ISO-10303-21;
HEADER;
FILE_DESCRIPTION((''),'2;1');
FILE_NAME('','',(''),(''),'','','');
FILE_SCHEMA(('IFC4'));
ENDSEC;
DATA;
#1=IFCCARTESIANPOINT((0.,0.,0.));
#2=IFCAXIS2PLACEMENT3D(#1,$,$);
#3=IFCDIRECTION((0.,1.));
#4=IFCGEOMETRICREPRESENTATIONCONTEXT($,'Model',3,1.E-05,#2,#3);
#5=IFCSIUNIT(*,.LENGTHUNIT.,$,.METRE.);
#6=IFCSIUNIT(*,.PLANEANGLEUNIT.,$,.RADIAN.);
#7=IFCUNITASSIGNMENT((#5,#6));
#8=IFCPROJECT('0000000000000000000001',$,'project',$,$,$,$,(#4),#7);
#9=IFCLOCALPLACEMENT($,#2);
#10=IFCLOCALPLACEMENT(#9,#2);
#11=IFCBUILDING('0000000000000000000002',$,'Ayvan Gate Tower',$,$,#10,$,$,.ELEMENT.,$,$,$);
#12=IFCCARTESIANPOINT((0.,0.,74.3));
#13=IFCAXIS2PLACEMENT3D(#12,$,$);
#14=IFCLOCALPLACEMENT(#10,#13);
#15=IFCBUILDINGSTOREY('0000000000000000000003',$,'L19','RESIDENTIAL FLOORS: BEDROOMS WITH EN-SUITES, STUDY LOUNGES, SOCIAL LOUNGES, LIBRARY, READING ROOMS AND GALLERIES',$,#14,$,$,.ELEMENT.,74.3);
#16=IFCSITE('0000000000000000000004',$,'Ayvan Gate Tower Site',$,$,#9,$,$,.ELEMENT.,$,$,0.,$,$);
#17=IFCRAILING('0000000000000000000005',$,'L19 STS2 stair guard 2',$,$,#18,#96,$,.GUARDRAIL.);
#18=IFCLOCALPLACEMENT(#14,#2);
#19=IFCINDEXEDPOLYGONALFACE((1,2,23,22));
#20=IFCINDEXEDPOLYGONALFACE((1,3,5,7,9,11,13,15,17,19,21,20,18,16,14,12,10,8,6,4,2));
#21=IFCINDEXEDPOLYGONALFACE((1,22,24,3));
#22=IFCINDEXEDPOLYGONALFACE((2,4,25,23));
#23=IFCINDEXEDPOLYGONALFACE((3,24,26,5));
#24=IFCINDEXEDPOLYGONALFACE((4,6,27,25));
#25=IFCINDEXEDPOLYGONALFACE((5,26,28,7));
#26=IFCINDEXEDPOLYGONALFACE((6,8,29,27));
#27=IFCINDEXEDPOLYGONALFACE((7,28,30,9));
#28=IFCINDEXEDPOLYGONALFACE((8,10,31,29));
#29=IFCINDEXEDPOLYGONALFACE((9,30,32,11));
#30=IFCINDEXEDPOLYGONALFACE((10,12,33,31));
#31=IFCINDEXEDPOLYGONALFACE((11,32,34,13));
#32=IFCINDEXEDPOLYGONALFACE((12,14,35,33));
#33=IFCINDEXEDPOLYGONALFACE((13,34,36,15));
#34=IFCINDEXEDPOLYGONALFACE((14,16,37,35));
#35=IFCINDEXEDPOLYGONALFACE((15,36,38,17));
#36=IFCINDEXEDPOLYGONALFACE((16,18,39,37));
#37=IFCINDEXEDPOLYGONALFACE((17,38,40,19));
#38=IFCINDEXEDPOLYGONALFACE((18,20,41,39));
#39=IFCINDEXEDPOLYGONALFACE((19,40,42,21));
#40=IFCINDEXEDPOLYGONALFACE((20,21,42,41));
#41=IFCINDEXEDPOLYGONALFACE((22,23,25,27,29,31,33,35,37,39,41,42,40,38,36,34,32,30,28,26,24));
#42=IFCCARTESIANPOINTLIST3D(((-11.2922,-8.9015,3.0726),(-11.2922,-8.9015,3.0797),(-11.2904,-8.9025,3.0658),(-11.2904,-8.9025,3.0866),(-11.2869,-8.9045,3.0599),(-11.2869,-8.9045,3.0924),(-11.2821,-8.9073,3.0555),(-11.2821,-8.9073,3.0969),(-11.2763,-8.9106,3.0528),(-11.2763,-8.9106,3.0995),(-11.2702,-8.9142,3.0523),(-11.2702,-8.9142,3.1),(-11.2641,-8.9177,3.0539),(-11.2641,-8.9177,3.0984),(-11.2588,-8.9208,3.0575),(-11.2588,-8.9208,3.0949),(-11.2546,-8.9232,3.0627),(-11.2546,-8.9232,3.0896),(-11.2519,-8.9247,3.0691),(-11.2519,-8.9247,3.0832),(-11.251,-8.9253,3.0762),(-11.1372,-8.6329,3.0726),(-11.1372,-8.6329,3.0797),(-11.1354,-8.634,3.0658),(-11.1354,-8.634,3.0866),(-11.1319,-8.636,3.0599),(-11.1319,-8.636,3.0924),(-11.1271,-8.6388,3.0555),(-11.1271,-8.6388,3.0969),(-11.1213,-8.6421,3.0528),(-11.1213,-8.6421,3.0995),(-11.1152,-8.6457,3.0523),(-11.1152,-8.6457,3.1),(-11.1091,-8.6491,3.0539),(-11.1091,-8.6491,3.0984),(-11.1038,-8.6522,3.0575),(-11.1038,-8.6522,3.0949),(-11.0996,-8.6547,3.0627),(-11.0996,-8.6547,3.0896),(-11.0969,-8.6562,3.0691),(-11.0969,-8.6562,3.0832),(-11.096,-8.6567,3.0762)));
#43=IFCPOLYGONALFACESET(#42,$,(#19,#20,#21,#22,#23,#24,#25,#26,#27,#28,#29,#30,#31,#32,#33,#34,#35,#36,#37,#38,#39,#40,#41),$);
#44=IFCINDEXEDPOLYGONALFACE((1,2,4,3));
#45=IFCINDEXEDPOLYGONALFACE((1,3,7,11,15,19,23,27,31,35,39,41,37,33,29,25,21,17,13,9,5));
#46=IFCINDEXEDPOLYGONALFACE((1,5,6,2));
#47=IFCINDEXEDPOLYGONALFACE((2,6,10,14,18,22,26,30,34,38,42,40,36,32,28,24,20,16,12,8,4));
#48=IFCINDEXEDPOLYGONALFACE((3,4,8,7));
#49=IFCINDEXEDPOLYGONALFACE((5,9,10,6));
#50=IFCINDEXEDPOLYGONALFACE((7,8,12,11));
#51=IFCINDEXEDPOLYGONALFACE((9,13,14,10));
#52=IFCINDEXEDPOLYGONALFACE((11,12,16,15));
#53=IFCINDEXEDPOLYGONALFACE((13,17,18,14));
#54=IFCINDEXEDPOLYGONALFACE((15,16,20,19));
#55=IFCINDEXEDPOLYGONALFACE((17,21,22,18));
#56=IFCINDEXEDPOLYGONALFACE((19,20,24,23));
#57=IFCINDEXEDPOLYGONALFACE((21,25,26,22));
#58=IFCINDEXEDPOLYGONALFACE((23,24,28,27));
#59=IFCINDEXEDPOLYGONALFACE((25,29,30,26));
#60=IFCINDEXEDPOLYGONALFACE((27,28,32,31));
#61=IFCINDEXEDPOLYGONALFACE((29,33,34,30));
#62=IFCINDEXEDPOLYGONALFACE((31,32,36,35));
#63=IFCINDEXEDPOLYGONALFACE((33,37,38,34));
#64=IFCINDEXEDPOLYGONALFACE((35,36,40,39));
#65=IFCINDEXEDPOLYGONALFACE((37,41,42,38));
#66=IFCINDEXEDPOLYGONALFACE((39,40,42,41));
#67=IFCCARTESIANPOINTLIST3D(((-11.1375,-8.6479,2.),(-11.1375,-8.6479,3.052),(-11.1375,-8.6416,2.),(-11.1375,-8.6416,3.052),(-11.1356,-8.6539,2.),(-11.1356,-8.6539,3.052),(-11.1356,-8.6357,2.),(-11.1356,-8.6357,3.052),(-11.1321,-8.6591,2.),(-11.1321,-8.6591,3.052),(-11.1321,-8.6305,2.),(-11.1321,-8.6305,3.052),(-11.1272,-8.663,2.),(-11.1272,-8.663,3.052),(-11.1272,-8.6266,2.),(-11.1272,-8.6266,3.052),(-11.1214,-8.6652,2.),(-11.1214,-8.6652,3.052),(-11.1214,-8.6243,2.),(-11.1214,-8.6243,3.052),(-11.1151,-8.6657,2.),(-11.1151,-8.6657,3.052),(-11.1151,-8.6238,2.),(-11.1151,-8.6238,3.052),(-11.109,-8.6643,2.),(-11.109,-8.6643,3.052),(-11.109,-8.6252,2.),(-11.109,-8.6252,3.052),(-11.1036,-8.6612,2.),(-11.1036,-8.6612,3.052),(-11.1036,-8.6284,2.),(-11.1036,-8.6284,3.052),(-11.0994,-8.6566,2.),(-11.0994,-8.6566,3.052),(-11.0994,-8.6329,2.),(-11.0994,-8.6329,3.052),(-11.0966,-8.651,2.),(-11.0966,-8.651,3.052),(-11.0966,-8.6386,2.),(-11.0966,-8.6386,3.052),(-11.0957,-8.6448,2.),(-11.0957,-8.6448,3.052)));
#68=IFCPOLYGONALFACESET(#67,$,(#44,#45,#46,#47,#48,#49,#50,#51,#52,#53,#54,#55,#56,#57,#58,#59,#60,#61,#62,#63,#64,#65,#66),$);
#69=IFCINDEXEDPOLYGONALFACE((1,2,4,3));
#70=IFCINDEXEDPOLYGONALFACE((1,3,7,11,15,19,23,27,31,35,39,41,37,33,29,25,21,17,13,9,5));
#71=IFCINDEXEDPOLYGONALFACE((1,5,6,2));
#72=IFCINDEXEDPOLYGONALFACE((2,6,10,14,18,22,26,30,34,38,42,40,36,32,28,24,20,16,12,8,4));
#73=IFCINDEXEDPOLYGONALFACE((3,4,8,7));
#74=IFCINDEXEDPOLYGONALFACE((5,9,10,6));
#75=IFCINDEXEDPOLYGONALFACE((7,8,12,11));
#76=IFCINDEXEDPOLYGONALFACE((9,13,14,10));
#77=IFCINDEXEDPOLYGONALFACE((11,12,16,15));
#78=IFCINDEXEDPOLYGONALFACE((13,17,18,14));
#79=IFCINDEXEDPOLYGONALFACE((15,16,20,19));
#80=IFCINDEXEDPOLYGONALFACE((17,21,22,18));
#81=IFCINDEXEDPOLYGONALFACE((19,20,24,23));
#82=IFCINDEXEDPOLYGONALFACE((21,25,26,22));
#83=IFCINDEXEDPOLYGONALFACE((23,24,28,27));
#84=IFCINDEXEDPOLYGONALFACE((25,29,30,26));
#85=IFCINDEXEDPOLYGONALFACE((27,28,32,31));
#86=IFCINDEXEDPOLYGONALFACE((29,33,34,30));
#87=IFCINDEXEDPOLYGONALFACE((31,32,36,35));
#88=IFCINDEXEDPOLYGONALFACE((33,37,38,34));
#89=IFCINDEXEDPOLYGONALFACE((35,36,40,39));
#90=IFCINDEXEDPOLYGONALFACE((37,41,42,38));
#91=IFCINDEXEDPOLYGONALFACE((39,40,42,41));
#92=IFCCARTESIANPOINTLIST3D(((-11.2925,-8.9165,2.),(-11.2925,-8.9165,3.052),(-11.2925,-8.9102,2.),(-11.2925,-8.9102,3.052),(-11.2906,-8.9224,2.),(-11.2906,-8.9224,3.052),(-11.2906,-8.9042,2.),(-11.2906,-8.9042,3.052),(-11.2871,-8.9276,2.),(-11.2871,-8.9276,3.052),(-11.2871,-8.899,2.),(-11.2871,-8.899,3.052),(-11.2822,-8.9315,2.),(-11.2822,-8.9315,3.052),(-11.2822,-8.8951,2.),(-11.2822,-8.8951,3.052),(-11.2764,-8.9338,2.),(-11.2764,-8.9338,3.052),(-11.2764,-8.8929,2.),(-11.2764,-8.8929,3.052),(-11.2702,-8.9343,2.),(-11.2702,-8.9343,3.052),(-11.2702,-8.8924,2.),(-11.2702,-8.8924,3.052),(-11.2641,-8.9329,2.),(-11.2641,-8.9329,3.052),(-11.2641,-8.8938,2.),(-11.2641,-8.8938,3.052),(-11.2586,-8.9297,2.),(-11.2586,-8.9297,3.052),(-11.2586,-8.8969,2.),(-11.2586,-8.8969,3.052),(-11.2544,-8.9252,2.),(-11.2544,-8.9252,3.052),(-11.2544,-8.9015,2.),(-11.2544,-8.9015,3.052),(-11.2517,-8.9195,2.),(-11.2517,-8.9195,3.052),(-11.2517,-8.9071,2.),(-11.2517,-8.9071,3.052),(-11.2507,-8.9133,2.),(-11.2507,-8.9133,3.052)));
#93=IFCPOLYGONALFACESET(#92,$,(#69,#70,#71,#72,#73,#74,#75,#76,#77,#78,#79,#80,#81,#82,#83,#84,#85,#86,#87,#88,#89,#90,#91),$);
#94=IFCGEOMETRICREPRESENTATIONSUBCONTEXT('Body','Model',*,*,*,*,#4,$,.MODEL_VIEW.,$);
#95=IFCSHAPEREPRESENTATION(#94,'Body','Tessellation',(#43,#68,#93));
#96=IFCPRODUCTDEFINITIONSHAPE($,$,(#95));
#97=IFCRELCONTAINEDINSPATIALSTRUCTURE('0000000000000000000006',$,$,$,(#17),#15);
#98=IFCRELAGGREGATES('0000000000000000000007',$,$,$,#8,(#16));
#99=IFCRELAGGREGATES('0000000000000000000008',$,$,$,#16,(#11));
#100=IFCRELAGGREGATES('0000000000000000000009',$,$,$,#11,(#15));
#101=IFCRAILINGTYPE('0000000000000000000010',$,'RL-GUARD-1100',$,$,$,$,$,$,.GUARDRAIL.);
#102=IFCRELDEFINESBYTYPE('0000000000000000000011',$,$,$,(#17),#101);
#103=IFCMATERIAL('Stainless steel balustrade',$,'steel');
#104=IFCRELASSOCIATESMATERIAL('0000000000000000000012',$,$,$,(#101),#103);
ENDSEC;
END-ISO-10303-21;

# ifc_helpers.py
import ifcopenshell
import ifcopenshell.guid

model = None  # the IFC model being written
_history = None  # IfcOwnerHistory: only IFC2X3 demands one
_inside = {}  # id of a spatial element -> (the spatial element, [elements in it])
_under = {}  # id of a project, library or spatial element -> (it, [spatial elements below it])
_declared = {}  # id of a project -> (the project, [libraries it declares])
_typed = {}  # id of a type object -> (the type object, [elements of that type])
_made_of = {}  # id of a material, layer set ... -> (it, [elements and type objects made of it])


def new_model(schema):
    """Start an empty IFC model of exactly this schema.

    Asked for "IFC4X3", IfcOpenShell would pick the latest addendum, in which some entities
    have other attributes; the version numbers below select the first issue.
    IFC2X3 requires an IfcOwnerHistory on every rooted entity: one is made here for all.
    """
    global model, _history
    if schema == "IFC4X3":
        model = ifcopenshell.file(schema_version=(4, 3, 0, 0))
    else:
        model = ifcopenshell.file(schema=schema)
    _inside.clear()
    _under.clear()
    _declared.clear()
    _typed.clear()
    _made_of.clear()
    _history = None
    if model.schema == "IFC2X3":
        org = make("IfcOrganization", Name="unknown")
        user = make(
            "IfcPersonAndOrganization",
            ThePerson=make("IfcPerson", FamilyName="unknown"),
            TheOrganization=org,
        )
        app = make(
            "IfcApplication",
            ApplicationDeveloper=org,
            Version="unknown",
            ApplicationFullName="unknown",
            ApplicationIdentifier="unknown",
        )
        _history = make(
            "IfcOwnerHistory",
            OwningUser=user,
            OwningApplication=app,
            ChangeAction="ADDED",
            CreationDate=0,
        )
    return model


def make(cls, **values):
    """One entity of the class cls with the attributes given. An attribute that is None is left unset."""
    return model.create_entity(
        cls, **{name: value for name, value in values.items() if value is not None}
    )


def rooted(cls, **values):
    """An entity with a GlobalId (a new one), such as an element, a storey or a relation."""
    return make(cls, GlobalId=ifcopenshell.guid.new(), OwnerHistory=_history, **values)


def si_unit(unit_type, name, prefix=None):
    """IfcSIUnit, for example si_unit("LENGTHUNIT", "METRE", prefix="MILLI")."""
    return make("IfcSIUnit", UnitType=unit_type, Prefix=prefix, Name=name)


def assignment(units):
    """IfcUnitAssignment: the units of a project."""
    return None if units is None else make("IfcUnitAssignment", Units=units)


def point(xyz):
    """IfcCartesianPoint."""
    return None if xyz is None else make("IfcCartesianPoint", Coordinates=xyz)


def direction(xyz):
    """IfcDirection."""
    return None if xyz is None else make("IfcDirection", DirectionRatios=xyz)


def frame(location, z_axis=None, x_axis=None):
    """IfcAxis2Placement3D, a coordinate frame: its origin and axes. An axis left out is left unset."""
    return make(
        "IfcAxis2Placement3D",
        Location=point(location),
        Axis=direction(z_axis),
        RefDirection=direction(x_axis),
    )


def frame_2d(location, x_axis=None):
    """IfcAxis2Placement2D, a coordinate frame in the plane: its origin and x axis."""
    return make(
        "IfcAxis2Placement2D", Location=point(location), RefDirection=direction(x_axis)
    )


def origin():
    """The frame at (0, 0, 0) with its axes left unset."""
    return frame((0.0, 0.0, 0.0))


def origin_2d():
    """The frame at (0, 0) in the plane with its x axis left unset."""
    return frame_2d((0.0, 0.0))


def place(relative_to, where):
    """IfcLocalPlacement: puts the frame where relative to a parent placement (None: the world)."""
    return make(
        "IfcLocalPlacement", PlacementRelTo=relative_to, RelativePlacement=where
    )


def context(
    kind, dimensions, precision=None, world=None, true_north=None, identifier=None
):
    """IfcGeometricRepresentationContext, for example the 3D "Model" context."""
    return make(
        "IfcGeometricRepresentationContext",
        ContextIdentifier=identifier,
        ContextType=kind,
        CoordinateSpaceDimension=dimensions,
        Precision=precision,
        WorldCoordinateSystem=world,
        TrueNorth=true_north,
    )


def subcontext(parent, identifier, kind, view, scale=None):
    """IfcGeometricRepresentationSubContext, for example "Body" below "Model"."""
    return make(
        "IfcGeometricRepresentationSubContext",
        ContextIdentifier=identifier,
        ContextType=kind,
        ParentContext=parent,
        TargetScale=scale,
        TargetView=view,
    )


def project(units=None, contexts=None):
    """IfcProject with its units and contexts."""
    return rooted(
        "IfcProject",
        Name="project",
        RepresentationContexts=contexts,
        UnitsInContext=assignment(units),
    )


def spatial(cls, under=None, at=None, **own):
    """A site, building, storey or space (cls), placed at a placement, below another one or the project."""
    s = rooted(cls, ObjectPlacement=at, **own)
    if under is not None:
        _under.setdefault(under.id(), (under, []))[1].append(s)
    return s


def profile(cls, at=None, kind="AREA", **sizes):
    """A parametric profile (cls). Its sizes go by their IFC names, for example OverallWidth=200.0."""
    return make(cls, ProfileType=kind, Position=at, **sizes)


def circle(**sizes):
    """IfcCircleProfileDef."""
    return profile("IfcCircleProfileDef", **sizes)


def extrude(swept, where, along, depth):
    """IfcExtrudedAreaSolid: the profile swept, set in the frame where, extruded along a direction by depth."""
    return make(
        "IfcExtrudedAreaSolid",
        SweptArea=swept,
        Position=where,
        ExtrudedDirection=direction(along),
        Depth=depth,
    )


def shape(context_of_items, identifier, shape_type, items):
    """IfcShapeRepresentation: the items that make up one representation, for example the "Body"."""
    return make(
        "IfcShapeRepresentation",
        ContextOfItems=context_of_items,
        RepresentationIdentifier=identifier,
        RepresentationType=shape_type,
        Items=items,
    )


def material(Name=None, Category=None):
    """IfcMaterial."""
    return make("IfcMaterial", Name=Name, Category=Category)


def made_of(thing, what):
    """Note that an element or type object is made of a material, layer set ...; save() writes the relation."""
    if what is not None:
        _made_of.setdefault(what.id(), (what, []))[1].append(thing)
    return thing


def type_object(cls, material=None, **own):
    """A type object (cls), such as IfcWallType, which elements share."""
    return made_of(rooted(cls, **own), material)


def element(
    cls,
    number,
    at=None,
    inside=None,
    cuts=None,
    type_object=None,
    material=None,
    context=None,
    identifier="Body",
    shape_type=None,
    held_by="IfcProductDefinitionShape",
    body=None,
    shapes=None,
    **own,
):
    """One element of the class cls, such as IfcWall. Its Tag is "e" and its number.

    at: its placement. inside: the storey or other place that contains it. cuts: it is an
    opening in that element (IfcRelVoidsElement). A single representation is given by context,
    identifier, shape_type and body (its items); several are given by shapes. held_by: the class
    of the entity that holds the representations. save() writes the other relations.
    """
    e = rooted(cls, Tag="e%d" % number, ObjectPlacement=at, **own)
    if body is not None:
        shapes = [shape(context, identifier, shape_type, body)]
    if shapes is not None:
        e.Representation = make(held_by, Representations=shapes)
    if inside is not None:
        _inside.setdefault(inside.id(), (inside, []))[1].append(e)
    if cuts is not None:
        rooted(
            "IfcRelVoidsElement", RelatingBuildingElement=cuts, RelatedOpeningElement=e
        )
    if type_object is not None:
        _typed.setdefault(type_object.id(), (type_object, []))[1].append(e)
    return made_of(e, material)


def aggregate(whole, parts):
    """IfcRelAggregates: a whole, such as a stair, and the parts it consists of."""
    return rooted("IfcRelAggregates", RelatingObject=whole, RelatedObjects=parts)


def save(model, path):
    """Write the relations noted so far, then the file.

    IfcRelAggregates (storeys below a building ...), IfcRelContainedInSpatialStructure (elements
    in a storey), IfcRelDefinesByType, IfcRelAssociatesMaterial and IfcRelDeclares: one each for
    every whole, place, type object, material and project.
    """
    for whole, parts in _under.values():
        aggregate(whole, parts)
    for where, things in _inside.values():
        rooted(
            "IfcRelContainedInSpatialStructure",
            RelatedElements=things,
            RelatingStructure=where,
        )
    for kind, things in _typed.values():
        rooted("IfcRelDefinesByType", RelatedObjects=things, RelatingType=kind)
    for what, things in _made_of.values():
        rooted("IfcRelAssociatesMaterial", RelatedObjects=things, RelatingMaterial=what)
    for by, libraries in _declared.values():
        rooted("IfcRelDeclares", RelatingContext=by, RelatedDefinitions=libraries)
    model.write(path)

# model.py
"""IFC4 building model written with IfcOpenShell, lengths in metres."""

from ifc_helpers import new_model, si_unit, direction, frame, origin, origin_2d, place, context, subcontext, project, spatial, circle, extrude, material, type_object, element, save


model = new_model("IFC4")

# Units and contexts
model_context = context("Model", 3, precision=1e-05, world=origin(), true_north=direction((0.0, 1.0)))
body_context = subcontext(model_context, "Body", "Model", "MODEL_VIEW")
ifc_project = project(units=[si_unit("LENGTHUNIT", "METRE"), si_unit("PLANEANGLEUNIT", "RADIAN")], contexts=[model_context])

# Site, building, storey
site_placement = place(None, origin())
site = spatial("IfcSite", under=ifc_project, at=site_placement, Name="Ayvan Gate Tower Site", CompositionType="ELEMENT", RefElevation=0.0)
building_placement = place(site_placement, origin())
building = spatial("IfcBuilding", under=site, at=building_placement, Name="Ayvan Gate Tower", CompositionType="ELEMENT")
storey_placement = place(building_placement, frame((0.0, 0.0, 74.3)))
storey = spatial("IfcBuildingStorey", under=building, at=storey_placement, Name="L19", Description="RESIDENTIAL FLOORS: BEDROOMS WITH EN-SUITES, STUDY LOUNGES, SOCIAL LOUNGES, LIBRARY, READING ROOMS AND GALLERIES", CompositionType="ELEMENT", Elevation=74.3)

# Railing
ifc_material_1 = material(Name="Stainless steel balustrade", Category="steel")
railing_type_1 = type_object("IfcRailingType", Name="RL-GUARD-1100", PredefinedType="GUARDRAIL", material=ifc_material_1)
railing_1_placement = place(storey_placement, frame((-11.1167, -8.6448, 2.0)))
element("IfcRailing", 1, at=railing_1_placement, inside=storey, type_object=railing_type_1, Name="L19 STS2 stair guard 2", PredefinedType="GUARDRAIL", context=body_context, shape_type="SweptSolid", body=[
    extrude(circle(Radius=0.0239, at=origin_2d()), frame((0.0, 0.0, 1.0762), z_axis=(-0.49995, -0.866054, 0.0), x_axis=(0.866054, -0.49995, 0.0)), (0.0, 0.0, 1.0), 0.3101),
    extrude(circle(Radius=0.021, at=origin_2d()), origin(), (0.0, 0.0, 1.0), 1.052),
    extrude(circle(Radius=0.021, at=origin_2d()), frame((-0.155, -0.2686, 0.0)), (0.0, 0.0, 1.0), 1.052),
])

save(model, "model.ifc")
